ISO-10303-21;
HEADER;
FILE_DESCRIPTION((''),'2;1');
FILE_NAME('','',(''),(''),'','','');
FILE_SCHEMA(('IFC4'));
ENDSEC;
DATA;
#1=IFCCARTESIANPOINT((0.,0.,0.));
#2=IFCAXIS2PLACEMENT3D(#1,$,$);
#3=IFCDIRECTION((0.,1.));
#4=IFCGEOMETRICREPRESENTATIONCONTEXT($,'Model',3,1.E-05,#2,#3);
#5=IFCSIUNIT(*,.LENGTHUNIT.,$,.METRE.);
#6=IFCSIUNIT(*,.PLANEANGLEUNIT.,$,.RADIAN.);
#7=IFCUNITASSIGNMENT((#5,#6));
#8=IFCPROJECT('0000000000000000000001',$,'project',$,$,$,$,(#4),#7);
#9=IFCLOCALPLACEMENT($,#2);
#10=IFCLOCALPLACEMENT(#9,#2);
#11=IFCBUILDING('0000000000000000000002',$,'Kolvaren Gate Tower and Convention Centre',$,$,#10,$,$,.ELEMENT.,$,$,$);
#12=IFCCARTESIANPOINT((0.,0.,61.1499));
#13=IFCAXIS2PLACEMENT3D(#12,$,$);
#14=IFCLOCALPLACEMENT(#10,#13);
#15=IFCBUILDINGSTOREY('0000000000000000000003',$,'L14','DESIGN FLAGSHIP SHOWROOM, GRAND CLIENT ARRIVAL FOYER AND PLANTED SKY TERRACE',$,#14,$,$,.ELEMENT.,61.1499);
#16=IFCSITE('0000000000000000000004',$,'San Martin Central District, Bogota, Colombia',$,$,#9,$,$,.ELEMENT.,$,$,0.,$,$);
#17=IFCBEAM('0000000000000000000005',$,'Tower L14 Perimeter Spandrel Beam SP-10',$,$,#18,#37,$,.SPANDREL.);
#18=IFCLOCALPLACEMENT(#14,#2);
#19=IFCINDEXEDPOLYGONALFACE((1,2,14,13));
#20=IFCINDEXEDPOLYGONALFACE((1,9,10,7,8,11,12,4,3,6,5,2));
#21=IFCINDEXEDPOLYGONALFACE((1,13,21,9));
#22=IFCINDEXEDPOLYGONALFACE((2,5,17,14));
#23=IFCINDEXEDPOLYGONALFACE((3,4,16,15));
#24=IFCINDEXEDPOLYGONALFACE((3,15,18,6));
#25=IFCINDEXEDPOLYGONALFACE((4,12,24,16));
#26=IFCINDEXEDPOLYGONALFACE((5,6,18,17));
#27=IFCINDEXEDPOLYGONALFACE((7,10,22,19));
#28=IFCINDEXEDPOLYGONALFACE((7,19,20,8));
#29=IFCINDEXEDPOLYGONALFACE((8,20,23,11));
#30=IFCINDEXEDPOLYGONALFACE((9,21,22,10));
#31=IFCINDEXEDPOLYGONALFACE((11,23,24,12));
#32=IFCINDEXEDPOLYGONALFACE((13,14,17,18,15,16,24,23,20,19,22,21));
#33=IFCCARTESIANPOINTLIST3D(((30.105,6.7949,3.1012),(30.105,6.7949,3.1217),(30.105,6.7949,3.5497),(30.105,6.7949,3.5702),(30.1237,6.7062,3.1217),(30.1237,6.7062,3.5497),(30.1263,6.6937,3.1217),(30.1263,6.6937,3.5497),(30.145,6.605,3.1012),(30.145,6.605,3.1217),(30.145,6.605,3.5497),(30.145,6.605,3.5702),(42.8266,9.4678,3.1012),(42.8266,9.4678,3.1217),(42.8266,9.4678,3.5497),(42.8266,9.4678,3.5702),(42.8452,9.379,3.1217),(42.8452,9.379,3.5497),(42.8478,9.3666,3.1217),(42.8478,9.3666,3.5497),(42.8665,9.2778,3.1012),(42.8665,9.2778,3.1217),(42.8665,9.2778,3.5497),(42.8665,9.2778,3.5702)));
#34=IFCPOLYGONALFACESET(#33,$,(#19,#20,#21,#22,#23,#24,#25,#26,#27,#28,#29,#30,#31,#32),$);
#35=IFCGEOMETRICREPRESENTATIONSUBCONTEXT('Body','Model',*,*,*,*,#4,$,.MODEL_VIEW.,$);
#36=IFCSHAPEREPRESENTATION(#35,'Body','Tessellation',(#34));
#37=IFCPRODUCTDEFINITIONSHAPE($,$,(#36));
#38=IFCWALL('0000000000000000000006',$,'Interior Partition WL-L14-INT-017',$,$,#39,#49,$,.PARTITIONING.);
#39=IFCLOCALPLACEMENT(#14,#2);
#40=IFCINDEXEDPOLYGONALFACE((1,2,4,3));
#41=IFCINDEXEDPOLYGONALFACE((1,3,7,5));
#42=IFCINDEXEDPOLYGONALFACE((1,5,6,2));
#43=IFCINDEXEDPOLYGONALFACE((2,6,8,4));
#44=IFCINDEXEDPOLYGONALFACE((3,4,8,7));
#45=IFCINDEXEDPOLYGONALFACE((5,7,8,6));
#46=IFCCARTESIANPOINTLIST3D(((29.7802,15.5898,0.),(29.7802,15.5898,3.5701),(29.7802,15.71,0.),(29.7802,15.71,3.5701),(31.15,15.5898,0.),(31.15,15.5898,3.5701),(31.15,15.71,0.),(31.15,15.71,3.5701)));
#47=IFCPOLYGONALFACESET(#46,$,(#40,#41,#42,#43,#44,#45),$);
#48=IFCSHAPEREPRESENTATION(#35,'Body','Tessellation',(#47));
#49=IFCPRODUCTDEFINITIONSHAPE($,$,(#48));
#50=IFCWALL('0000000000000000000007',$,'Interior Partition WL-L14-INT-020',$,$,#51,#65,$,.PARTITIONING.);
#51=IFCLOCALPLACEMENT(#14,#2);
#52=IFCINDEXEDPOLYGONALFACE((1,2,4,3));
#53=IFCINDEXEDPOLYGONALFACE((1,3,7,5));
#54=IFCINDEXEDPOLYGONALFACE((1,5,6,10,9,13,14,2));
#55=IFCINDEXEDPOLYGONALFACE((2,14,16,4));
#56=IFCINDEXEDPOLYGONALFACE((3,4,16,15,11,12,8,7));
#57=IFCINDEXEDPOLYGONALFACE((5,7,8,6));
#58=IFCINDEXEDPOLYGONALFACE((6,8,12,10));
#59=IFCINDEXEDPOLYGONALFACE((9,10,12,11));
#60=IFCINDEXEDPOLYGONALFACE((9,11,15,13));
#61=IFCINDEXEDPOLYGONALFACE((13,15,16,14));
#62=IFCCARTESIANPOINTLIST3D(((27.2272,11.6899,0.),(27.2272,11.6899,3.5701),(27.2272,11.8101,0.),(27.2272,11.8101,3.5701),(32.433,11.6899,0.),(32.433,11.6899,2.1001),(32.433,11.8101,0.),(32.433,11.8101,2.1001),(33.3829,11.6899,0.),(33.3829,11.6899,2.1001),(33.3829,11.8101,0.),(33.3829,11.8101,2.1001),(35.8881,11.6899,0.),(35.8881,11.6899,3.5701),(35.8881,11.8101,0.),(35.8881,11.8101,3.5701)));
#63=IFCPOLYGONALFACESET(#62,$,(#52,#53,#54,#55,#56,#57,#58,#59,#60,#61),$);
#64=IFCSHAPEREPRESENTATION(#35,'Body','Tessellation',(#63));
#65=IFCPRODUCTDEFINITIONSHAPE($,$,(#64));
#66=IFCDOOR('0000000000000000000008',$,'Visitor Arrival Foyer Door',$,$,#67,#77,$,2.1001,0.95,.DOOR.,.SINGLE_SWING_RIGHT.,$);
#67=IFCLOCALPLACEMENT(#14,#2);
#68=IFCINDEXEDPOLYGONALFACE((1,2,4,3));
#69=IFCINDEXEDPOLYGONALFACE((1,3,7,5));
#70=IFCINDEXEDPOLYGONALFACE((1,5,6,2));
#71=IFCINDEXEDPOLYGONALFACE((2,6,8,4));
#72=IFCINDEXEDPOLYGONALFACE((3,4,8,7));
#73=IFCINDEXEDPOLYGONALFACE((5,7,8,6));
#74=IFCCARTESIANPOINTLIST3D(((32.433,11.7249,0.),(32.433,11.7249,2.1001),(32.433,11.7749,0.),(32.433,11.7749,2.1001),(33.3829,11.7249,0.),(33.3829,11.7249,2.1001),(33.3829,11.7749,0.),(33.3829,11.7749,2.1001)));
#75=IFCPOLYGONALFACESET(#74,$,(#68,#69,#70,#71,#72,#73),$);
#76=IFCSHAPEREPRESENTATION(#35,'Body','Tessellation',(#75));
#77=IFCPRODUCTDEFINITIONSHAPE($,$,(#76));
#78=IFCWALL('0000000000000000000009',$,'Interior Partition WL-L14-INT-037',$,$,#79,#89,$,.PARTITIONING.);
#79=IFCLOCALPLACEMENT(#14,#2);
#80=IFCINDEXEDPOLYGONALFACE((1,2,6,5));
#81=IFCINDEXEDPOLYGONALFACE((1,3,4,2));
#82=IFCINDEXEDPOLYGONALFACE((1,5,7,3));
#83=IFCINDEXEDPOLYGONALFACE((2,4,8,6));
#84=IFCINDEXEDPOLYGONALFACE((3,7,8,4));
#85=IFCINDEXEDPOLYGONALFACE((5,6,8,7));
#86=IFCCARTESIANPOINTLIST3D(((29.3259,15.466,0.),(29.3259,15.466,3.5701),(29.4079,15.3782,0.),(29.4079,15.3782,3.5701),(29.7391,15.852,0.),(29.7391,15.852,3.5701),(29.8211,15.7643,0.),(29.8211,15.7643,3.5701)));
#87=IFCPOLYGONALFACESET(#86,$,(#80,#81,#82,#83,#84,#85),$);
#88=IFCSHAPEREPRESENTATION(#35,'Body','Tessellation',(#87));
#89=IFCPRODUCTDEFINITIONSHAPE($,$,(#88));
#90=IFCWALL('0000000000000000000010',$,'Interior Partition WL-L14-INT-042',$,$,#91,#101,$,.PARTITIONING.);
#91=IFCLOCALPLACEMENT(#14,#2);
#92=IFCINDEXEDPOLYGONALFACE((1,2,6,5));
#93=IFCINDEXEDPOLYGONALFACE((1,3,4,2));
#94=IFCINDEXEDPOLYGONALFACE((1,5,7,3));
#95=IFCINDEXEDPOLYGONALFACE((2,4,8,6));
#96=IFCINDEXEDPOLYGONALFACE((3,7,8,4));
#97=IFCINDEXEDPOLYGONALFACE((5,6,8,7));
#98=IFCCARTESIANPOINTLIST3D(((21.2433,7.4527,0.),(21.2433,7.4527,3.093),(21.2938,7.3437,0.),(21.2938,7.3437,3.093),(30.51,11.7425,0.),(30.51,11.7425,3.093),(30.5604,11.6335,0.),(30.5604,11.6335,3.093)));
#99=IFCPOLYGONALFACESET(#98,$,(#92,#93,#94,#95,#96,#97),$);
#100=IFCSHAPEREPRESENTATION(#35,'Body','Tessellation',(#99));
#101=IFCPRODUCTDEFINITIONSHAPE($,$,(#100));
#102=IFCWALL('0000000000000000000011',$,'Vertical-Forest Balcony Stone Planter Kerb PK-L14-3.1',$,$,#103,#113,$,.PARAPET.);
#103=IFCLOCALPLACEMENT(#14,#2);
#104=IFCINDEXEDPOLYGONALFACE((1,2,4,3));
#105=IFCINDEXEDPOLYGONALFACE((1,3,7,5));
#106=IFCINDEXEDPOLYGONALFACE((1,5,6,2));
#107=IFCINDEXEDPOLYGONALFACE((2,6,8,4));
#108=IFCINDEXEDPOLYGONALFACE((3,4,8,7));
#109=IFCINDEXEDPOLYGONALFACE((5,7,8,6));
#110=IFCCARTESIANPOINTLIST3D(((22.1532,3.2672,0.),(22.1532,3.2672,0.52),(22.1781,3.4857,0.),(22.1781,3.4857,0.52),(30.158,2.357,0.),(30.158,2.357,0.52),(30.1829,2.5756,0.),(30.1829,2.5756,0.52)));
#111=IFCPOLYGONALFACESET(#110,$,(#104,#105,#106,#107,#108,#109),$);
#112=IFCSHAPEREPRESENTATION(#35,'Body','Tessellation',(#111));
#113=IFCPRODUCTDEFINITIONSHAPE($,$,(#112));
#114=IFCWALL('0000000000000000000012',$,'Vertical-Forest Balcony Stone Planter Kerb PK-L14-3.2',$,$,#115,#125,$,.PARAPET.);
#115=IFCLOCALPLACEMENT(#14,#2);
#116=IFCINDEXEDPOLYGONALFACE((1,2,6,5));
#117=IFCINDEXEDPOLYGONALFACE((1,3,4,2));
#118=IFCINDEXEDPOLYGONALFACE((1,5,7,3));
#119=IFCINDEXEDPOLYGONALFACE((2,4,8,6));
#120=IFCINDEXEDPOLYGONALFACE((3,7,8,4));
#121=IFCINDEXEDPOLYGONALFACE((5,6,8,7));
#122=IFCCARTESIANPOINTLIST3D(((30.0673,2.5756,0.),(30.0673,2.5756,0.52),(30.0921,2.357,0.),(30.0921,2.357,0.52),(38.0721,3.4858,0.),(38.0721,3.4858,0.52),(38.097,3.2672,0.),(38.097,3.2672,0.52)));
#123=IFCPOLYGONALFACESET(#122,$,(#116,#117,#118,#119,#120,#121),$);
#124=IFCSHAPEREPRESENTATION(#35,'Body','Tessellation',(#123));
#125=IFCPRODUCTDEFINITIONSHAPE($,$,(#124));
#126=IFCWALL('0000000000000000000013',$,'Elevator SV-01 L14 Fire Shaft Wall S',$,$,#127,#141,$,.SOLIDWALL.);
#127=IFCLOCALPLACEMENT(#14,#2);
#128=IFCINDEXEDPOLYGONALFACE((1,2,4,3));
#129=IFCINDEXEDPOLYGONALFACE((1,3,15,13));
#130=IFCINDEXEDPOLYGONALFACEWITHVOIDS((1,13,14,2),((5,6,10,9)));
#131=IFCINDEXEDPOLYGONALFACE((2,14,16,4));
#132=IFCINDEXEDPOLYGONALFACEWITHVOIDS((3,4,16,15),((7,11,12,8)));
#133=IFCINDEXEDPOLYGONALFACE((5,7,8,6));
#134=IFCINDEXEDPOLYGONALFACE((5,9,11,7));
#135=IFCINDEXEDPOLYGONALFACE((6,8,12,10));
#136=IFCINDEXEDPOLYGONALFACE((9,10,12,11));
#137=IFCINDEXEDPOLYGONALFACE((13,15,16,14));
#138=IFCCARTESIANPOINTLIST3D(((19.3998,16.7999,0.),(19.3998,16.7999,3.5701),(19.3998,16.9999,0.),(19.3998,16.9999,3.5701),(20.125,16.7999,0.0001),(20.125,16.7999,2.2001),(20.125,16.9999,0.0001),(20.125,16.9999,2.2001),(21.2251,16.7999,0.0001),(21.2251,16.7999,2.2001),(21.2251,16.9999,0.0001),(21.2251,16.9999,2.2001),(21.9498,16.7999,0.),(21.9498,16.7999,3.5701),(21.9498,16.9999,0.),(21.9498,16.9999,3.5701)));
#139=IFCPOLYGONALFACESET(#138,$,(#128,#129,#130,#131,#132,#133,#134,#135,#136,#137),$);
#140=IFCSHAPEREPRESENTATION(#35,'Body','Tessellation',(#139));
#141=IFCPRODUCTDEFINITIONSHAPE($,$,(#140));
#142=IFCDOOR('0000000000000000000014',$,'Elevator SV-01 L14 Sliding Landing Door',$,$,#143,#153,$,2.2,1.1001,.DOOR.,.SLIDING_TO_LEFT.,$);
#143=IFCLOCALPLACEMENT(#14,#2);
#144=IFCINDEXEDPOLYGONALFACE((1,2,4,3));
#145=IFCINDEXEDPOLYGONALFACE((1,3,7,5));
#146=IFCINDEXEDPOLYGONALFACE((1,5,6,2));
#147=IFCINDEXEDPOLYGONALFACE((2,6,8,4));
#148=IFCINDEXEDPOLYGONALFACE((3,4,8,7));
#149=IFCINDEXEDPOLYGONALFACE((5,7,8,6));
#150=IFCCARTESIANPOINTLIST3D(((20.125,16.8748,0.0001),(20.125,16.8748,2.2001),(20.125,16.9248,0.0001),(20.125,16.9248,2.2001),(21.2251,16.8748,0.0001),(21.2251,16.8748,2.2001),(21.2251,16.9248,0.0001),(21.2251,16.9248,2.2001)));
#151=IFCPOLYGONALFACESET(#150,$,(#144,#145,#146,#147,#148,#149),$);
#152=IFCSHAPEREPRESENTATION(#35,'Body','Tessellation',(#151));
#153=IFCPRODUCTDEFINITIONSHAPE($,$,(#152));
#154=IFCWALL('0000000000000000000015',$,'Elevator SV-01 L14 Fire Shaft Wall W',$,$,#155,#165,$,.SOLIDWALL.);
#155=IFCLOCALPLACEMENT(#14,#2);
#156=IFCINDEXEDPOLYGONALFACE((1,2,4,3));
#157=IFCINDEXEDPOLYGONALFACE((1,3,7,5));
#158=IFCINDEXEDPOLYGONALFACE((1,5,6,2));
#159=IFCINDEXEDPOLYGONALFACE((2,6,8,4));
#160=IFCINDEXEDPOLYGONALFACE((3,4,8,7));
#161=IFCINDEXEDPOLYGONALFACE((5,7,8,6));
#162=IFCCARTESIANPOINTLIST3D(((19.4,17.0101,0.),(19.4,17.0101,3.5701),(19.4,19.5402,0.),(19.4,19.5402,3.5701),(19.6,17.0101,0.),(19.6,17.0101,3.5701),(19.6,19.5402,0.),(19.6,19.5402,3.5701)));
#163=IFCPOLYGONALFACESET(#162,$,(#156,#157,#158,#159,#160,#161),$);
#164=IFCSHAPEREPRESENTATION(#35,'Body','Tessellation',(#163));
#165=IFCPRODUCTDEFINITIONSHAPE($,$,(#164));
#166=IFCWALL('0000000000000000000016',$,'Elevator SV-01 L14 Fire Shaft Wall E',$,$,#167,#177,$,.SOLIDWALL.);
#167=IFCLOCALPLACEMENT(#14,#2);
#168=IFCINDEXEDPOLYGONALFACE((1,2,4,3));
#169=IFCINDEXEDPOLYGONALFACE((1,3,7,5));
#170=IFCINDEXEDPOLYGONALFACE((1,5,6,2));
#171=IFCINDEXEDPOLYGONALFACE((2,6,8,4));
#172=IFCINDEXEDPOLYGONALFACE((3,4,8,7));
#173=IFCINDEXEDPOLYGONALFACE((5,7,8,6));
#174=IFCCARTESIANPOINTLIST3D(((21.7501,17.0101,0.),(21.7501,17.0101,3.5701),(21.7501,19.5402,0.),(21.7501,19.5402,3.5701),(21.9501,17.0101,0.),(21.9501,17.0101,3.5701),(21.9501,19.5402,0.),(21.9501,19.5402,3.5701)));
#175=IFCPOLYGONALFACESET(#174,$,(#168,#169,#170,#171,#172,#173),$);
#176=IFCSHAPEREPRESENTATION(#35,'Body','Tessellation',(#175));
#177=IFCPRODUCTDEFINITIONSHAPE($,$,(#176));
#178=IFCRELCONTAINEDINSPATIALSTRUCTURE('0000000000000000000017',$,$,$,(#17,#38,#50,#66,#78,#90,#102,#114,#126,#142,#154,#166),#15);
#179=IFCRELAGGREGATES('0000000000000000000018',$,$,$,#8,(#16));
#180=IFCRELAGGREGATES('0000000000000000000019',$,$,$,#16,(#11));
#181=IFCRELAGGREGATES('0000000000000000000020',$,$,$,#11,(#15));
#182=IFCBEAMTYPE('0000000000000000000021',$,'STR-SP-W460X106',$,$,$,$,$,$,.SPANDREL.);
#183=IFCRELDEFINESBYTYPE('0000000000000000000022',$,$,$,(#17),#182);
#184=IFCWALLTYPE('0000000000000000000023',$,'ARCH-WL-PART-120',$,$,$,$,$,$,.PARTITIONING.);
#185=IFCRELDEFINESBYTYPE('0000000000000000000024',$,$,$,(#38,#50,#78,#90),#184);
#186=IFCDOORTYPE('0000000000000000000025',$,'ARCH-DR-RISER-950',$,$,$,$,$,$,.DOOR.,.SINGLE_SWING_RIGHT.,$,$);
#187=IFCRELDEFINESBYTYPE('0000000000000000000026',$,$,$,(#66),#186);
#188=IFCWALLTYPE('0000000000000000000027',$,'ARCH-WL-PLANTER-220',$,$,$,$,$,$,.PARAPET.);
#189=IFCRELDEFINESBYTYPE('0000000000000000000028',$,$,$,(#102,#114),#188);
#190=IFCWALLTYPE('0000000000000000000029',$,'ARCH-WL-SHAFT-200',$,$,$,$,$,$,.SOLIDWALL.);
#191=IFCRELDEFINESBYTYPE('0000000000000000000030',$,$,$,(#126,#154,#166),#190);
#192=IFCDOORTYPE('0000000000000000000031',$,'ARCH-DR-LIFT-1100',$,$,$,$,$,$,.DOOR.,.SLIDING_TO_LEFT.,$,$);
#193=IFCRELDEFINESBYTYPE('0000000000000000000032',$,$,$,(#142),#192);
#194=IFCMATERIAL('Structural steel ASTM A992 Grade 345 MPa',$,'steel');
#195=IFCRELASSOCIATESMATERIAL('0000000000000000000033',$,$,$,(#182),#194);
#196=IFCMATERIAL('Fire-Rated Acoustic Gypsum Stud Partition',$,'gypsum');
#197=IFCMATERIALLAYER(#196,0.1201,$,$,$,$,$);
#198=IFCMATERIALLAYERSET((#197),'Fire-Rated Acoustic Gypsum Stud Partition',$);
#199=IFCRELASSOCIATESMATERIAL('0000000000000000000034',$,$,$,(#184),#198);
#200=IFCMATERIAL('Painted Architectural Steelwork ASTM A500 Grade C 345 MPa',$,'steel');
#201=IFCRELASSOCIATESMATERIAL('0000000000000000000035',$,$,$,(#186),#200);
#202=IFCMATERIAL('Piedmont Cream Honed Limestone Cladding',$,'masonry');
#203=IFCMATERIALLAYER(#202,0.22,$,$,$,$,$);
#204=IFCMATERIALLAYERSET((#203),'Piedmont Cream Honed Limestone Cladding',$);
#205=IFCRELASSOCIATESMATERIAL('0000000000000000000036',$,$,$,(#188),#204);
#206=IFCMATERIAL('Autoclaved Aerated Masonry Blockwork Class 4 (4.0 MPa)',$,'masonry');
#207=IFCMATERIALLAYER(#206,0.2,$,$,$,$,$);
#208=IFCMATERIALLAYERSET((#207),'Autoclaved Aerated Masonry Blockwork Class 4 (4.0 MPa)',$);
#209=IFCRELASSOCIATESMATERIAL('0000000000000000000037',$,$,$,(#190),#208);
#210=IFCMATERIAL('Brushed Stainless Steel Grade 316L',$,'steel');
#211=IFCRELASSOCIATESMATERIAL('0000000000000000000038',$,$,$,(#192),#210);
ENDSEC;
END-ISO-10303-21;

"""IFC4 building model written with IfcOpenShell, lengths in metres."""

from ifc_helpers import new_model, si_unit, direction, frame, frame_2d, origin, origin_2d, place, context, subcontext, project, spatial, rectangle, i_section, extrude, material, layer, layer_set, material_profile, profile_set, type_object, element, fill, save


model = new_model("IFC4")

# Units and contexts
model_context = context("Model", 3, precision=1e-05, world=origin(), true_north=direction((0.0, 1.0)))
body_context = subcontext(model_context, "Body", "Model", "MODEL_VIEW")
ifc_project = project(units=[si_unit("LENGTHUNIT", "METRE"), si_unit("PLANEANGLEUNIT", "RADIAN")], contexts=[model_context])

# Site, building, storey
site_placement = place(None, origin())
site = spatial("IfcSite", under=ifc_project, at=site_placement, Name="San Martin Central District, Bogota, Colombia", CompositionType="ELEMENT", RefElevation=0.0)
building_placement = place(site_placement, origin())
building = spatial("IfcBuilding", under=site, at=building_placement, Name="Kolvaren Gate Tower and Convention Centre", CompositionType="ELEMENT")
storey_placement = place(building_placement, frame((0.0, 0.0, 61.1499)))
storey = spatial("IfcBuildingStorey", under=building, at=storey_placement, Name="L14", Description="DESIGN FLAGSHIP SHOWROOM, GRAND CLIENT ARRIVAL FOYER AND PLANTED SKY TERRACE", CompositionType="ELEMENT", Elevation=61.1499)

# Beam
ifc_material_1 = material(Name="Structural steel ASTM A992 Grade 345 MPa", Category="steel")
ifc_material_profile_1 = material_profile(ifc_material_1, i_section(OverallWidth=0.1941, OverallDepth=0.469, WebThickness=0.0127, FlangeThickness=0.0205, at=origin_2d()), Name="W460X106")
ifc_profile_set_1 = profile_set([ifc_material_profile_1], Name="Structural steel ASTM A992 Grade 345 MPa")
beam_type_1 = type_object("IfcBeamType", Name="STR-SP-W460X106", PredefinedType="SPANDREL", material=ifc_profile_set_1)
beam_1_placement = place(storey_placement, frame((30.125, 6.7, 3.3357), z_axis=(0.978633, 0.205617, 0.0), x_axis=(-0.205617, 0.978633, 0.0)))
element("IfcBeam", 1, at=beam_1_placement, inside=storey, type_object=beam_type_1, Name="Tower L14 Perimeter Spandrel Beam SP-10", PredefinedType="SPANDREL", context=body_context, shape_type="SweptSolid", body=[
    extrude(i_section(OverallWidth=0.1941, OverallDepth=0.469, WebThickness=0.0127, FlangeThickness=0.0205, at=origin_2d()), origin(), (0.0, 0.0, 1.0), 12.9993),
])

# Wall
ifc_material_2 = material(Name="Fire-Rated Acoustic Gypsum Stud Partition", Category="gypsum")
ifc_layer_1 = layer(ifc_material_2, 0.1201)
ifc_layer_set_1 = layer_set([ifc_layer_1], Name="Fire-Rated Acoustic Gypsum Stud Partition")
wall_type_1 = type_object("IfcWallType", Name="ARCH-WL-PART-120", PredefinedType="PARTITIONING", material=ifc_layer_set_1)
wall_1_placement = place(storey_placement, frame((29.78, 15.6499, 0.0), z_axis=(0.0, 0.0, 1.0), x_axis=(1.0, 0.0, 0.0)))
element("IfcWall", 2, at=wall_1_placement, inside=storey, type_object=wall_type_1, Name="Interior Partition WL-L14-INT-017", PredefinedType="PARTITIONING", context=body_context, shape_type="SweptSolid", body=[
    extrude(rectangle(XDim=1.3699, YDim=0.1201, at=frame_2d((0.6851, 0.0))), origin(), (0.0, 0.0, 1.0), 3.5701),
])

# Wall, opening, door
wall_2_placement = place(storey_placement, frame((27.2271, 11.75, 0.0), z_axis=(0.0, 0.0, 1.0), x_axis=(1.0, 0.0, 0.0)))
wall_2 = element("IfcWall", 3, at=wall_2_placement, inside=storey, type_object=wall_type_1, Name="Interior Partition WL-L14-INT-020", PredefinedType="PARTITIONING", context=body_context, shape_type="SweptSolid", body=[
    extrude(rectangle(XDim=8.6609, YDim=0.1201, at=frame_2d((4.3306, 0.0))), origin(), (0.0, 0.0, 1.0), 3.5701),
])
opening_1_placement = place(wall_2_placement, frame((5.2058, 0.0, 0.0)))
opening_1 = element("IfcOpeningElement", 4, at=opening_1_placement, cuts=wall_2, PredefinedType="OPENING", context=body_context, shape_type="SweptSolid", body=[
    extrude(rectangle(XDim=0.95, YDim=2.1001, at=frame_2d((0.4751, 1.05))), frame((0.0, 0.0701, 0.0), z_axis=(0.0, -1.0, 0.0), x_axis=(1.0, 0.0, 0.0)), (0.0, 0.0, 1.0), 0.1401),
])
ifc_material_3 = material(Name="Painted Architectural Steelwork ASTM A500 Grade C 345 MPa", Category="steel")
door_type_1 = type_object("IfcDoorType", Name="ARCH-DR-RISER-950", OperationType="SINGLE_SWING_RIGHT", PredefinedType="DOOR", material=ifc_material_3)
door_1_placement = place(opening_1_placement, origin())
door_1 = element("IfcDoor", 5, at=door_1_placement, inside=storey, type_object=door_type_1, Name="Visitor Arrival Foyer Door", OperationType="SINGLE_SWING_RIGHT", OverallHeight=2.1001, OverallWidth=0.95, PredefinedType="DOOR", context=body_context, shape_type="SweptSolid", body=[
    extrude(rectangle(XDim=0.95, YDim=2.1001, at=frame_2d((0.4751, 1.05))), frame((0.0, 0.0249, 0.0), z_axis=(0.0, -1.0, 0.0), x_axis=(1.0, 0.0, 0.0)), (0.0, 0.0, 1.0), 0.05),
])
fill(opening_1, door_1)

# Walls
wall_3_placement = place(storey_placement, frame((29.3669, 15.4221, 0.0), z_axis=(0.0, 0.0, 1.0), x_axis=(0.730667, 0.682734, 0.0)))
element("IfcWall", 6, at=wall_3_placement, inside=storey, type_object=wall_type_1, Name="Interior Partition WL-L14-INT-037", PredefinedType="PARTITIONING", context=body_context, shape_type="SweptSolid", body=[
    extrude(rectangle(XDim=0.5654, YDim=0.1201, at=frame_2d((0.2827, 0.0))), origin(), (0.0, 0.0, 1.0), 3.5701),
])
wall_4_placement = place(storey_placement, frame((21.2686, 7.3982, 0.0), z_axis=(0.0, 0.0, 1.0), x_axis=(0.907478, 0.4201, 0.0)))
element("IfcWall", 7, at=wall_4_placement, inside=storey, type_object=wall_type_1, Name="Interior Partition WL-L14-INT-042", PredefinedType="PARTITIONING", context=body_context, shape_type="SweptSolid", body=[
    extrude(rectangle(XDim=10.2114, YDim=0.1201, at=frame_2d((5.1057, 0.0))), origin(), (0.0, 0.0, 1.0), 3.093),
])
ifc_material_4 = material(Name="Piedmont Cream Honed Limestone Cladding", Category="masonry")
ifc_layer_2 = layer(ifc_material_4, 0.22)
ifc_layer_set_2 = layer_set([ifc_layer_2], Name="Piedmont Cream Honed Limestone Cladding")
wall_type_2 = type_object("IfcWallType", Name="ARCH-WL-PLANTER-220", PredefinedType="PARAPET", material=ifc_layer_set_2)
for number, where, z_axis, x_axis, name in (
    (8, (22.1655, 3.3765, 0.0), (0.0, 0.0, 1.0), (0.993598, -0.112972, 0.0), "Vertical-Forest Balcony Stone Planter Kerb PK-L14-3.1"),
    (9, (30.0796, 2.4663, 0.0), (0.0, 0.0, 1.0), (0.993598, 0.112972, 0.0), "Vertical-Forest Balcony Stone Planter Kerb PK-L14-3.2"),
):
    element("IfcWall", number, at=place(storey_placement, frame(where, z_axis=z_axis, x_axis=x_axis)), inside=storey, type_object=wall_type_2, Name=name, PredefinedType="PARAPET", context=body_context, shape_type="SweptSolid", body=[
        extrude(rectangle(XDim=8.0564, YDim=0.22, at=frame_2d((4.0283, 0.0))), origin(), (0.0, 0.0, 1.0), 0.52),
    ])

# Wall, opening, door
ifc_material_5 = material(Name="Autoclaved Aerated Masonry Blockwork Class 4 (4.0 MPa)", Category="masonry")
ifc_layer_3 = layer(ifc_material_5, 0.2)
ifc_layer_set_3 = layer_set([ifc_layer_3], Name="Autoclaved Aerated Masonry Blockwork Class 4 (4.0 MPa)")
wall_type_3 = type_object("IfcWallType", Name="ARCH-WL-SHAFT-200", PredefinedType="SOLIDWALL", material=ifc_layer_set_3)
wall_5_placement = place(storey_placement, frame((19.3999, 16.8999, 0.0), z_axis=(0.0, 0.0, 1.0), x_axis=(1.0, 0.0, 0.0)))
wall_5 = element("IfcWall", 10, at=wall_5_placement, inside=storey, type_object=wall_type_3, Name="Elevator SV-01 L14 Fire Shaft Wall S", PredefinedType="SOLIDWALL", context=body_context, shape_type="SweptSolid", body=[
    extrude(rectangle(XDim=2.55, YDim=0.2, at=frame_2d((1.2749, 0.0))), origin(), (0.0, 0.0, 1.0), 3.5701),
])
opening_2_placement = place(wall_5_placement, frame((0.7251, 0.0, 0.0)))
opening_2 = element("IfcOpeningElement", 11, at=opening_2_placement, cuts=wall_5, PredefinedType="OPENING", context=body_context, shape_type="SweptSolid", body=[
    extrude(rectangle(XDim=1.1001, YDim=2.2, at=frame_2d((0.55, 1.1001))), frame((0.0, 0.1099, 0.0), z_axis=(0.0, -1.0, 0.0), x_axis=(1.0, 0.0, 0.0)), (0.0, 0.0, 1.0), 0.22),
])
ifc_material_6 = material(Name="Brushed Stainless Steel Grade 316L", Category="steel")
door_type_2 = type_object("IfcDoorType", Name="ARCH-DR-LIFT-1100", OperationType="SLIDING_TO_LEFT", PredefinedType="DOOR", material=ifc_material_6)
door_2_placement = place(opening_2_placement, origin())
door_2 = element("IfcDoor", 12, at=door_2_placement, inside=storey, type_object=door_type_2, Name="Elevator SV-01 L14 Sliding Landing Door", OperationType="SLIDING_TO_LEFT", OverallHeight=2.2, OverallWidth=1.1001, PredefinedType="DOOR", context=body_context, shape_type="SweptSolid", body=[
    extrude(rectangle(XDim=1.1001, YDim=2.2, at=frame_2d((0.55, 1.1001))), frame((0.0, 0.0249, 0.0), z_axis=(0.0, -1.0, 0.0), x_axis=(1.0, 0.0, 0.0)), (0.0, 0.0, 1.0), 0.05),
])
fill(opening_2, door_2)

# Walls
for number, where, z_axis, x_axis, name in (
    (13, (19.5, 17.01, 0.0), (0.0, 0.0, 1.0), (0.0, 1.0, 0.0), "Elevator SV-01 L14 Fire Shaft Wall W"),
    (14, (21.8501, 17.01, 0.0), (0.0, 0.0, 1.0), (0.0, 1.0, 0.0), "Elevator SV-01 L14 Fire Shaft Wall E"),
):
    element("IfcWall", number, at=place(storey_placement, frame(where, z_axis=z_axis, x_axis=x_axis)), inside=storey, type_object=wall_type_3, Name=name, PredefinedType="SOLIDWALL", context=body_context, shape_type="SweptSolid", body=[
        extrude(rectangle(XDim=2.53, YDim=0.2, at=frame_2d((1.2651, 0.0))), origin(), (0.0, 0.0, 1.0), 3.5701),
    ])

save(model, "model.ifc")
